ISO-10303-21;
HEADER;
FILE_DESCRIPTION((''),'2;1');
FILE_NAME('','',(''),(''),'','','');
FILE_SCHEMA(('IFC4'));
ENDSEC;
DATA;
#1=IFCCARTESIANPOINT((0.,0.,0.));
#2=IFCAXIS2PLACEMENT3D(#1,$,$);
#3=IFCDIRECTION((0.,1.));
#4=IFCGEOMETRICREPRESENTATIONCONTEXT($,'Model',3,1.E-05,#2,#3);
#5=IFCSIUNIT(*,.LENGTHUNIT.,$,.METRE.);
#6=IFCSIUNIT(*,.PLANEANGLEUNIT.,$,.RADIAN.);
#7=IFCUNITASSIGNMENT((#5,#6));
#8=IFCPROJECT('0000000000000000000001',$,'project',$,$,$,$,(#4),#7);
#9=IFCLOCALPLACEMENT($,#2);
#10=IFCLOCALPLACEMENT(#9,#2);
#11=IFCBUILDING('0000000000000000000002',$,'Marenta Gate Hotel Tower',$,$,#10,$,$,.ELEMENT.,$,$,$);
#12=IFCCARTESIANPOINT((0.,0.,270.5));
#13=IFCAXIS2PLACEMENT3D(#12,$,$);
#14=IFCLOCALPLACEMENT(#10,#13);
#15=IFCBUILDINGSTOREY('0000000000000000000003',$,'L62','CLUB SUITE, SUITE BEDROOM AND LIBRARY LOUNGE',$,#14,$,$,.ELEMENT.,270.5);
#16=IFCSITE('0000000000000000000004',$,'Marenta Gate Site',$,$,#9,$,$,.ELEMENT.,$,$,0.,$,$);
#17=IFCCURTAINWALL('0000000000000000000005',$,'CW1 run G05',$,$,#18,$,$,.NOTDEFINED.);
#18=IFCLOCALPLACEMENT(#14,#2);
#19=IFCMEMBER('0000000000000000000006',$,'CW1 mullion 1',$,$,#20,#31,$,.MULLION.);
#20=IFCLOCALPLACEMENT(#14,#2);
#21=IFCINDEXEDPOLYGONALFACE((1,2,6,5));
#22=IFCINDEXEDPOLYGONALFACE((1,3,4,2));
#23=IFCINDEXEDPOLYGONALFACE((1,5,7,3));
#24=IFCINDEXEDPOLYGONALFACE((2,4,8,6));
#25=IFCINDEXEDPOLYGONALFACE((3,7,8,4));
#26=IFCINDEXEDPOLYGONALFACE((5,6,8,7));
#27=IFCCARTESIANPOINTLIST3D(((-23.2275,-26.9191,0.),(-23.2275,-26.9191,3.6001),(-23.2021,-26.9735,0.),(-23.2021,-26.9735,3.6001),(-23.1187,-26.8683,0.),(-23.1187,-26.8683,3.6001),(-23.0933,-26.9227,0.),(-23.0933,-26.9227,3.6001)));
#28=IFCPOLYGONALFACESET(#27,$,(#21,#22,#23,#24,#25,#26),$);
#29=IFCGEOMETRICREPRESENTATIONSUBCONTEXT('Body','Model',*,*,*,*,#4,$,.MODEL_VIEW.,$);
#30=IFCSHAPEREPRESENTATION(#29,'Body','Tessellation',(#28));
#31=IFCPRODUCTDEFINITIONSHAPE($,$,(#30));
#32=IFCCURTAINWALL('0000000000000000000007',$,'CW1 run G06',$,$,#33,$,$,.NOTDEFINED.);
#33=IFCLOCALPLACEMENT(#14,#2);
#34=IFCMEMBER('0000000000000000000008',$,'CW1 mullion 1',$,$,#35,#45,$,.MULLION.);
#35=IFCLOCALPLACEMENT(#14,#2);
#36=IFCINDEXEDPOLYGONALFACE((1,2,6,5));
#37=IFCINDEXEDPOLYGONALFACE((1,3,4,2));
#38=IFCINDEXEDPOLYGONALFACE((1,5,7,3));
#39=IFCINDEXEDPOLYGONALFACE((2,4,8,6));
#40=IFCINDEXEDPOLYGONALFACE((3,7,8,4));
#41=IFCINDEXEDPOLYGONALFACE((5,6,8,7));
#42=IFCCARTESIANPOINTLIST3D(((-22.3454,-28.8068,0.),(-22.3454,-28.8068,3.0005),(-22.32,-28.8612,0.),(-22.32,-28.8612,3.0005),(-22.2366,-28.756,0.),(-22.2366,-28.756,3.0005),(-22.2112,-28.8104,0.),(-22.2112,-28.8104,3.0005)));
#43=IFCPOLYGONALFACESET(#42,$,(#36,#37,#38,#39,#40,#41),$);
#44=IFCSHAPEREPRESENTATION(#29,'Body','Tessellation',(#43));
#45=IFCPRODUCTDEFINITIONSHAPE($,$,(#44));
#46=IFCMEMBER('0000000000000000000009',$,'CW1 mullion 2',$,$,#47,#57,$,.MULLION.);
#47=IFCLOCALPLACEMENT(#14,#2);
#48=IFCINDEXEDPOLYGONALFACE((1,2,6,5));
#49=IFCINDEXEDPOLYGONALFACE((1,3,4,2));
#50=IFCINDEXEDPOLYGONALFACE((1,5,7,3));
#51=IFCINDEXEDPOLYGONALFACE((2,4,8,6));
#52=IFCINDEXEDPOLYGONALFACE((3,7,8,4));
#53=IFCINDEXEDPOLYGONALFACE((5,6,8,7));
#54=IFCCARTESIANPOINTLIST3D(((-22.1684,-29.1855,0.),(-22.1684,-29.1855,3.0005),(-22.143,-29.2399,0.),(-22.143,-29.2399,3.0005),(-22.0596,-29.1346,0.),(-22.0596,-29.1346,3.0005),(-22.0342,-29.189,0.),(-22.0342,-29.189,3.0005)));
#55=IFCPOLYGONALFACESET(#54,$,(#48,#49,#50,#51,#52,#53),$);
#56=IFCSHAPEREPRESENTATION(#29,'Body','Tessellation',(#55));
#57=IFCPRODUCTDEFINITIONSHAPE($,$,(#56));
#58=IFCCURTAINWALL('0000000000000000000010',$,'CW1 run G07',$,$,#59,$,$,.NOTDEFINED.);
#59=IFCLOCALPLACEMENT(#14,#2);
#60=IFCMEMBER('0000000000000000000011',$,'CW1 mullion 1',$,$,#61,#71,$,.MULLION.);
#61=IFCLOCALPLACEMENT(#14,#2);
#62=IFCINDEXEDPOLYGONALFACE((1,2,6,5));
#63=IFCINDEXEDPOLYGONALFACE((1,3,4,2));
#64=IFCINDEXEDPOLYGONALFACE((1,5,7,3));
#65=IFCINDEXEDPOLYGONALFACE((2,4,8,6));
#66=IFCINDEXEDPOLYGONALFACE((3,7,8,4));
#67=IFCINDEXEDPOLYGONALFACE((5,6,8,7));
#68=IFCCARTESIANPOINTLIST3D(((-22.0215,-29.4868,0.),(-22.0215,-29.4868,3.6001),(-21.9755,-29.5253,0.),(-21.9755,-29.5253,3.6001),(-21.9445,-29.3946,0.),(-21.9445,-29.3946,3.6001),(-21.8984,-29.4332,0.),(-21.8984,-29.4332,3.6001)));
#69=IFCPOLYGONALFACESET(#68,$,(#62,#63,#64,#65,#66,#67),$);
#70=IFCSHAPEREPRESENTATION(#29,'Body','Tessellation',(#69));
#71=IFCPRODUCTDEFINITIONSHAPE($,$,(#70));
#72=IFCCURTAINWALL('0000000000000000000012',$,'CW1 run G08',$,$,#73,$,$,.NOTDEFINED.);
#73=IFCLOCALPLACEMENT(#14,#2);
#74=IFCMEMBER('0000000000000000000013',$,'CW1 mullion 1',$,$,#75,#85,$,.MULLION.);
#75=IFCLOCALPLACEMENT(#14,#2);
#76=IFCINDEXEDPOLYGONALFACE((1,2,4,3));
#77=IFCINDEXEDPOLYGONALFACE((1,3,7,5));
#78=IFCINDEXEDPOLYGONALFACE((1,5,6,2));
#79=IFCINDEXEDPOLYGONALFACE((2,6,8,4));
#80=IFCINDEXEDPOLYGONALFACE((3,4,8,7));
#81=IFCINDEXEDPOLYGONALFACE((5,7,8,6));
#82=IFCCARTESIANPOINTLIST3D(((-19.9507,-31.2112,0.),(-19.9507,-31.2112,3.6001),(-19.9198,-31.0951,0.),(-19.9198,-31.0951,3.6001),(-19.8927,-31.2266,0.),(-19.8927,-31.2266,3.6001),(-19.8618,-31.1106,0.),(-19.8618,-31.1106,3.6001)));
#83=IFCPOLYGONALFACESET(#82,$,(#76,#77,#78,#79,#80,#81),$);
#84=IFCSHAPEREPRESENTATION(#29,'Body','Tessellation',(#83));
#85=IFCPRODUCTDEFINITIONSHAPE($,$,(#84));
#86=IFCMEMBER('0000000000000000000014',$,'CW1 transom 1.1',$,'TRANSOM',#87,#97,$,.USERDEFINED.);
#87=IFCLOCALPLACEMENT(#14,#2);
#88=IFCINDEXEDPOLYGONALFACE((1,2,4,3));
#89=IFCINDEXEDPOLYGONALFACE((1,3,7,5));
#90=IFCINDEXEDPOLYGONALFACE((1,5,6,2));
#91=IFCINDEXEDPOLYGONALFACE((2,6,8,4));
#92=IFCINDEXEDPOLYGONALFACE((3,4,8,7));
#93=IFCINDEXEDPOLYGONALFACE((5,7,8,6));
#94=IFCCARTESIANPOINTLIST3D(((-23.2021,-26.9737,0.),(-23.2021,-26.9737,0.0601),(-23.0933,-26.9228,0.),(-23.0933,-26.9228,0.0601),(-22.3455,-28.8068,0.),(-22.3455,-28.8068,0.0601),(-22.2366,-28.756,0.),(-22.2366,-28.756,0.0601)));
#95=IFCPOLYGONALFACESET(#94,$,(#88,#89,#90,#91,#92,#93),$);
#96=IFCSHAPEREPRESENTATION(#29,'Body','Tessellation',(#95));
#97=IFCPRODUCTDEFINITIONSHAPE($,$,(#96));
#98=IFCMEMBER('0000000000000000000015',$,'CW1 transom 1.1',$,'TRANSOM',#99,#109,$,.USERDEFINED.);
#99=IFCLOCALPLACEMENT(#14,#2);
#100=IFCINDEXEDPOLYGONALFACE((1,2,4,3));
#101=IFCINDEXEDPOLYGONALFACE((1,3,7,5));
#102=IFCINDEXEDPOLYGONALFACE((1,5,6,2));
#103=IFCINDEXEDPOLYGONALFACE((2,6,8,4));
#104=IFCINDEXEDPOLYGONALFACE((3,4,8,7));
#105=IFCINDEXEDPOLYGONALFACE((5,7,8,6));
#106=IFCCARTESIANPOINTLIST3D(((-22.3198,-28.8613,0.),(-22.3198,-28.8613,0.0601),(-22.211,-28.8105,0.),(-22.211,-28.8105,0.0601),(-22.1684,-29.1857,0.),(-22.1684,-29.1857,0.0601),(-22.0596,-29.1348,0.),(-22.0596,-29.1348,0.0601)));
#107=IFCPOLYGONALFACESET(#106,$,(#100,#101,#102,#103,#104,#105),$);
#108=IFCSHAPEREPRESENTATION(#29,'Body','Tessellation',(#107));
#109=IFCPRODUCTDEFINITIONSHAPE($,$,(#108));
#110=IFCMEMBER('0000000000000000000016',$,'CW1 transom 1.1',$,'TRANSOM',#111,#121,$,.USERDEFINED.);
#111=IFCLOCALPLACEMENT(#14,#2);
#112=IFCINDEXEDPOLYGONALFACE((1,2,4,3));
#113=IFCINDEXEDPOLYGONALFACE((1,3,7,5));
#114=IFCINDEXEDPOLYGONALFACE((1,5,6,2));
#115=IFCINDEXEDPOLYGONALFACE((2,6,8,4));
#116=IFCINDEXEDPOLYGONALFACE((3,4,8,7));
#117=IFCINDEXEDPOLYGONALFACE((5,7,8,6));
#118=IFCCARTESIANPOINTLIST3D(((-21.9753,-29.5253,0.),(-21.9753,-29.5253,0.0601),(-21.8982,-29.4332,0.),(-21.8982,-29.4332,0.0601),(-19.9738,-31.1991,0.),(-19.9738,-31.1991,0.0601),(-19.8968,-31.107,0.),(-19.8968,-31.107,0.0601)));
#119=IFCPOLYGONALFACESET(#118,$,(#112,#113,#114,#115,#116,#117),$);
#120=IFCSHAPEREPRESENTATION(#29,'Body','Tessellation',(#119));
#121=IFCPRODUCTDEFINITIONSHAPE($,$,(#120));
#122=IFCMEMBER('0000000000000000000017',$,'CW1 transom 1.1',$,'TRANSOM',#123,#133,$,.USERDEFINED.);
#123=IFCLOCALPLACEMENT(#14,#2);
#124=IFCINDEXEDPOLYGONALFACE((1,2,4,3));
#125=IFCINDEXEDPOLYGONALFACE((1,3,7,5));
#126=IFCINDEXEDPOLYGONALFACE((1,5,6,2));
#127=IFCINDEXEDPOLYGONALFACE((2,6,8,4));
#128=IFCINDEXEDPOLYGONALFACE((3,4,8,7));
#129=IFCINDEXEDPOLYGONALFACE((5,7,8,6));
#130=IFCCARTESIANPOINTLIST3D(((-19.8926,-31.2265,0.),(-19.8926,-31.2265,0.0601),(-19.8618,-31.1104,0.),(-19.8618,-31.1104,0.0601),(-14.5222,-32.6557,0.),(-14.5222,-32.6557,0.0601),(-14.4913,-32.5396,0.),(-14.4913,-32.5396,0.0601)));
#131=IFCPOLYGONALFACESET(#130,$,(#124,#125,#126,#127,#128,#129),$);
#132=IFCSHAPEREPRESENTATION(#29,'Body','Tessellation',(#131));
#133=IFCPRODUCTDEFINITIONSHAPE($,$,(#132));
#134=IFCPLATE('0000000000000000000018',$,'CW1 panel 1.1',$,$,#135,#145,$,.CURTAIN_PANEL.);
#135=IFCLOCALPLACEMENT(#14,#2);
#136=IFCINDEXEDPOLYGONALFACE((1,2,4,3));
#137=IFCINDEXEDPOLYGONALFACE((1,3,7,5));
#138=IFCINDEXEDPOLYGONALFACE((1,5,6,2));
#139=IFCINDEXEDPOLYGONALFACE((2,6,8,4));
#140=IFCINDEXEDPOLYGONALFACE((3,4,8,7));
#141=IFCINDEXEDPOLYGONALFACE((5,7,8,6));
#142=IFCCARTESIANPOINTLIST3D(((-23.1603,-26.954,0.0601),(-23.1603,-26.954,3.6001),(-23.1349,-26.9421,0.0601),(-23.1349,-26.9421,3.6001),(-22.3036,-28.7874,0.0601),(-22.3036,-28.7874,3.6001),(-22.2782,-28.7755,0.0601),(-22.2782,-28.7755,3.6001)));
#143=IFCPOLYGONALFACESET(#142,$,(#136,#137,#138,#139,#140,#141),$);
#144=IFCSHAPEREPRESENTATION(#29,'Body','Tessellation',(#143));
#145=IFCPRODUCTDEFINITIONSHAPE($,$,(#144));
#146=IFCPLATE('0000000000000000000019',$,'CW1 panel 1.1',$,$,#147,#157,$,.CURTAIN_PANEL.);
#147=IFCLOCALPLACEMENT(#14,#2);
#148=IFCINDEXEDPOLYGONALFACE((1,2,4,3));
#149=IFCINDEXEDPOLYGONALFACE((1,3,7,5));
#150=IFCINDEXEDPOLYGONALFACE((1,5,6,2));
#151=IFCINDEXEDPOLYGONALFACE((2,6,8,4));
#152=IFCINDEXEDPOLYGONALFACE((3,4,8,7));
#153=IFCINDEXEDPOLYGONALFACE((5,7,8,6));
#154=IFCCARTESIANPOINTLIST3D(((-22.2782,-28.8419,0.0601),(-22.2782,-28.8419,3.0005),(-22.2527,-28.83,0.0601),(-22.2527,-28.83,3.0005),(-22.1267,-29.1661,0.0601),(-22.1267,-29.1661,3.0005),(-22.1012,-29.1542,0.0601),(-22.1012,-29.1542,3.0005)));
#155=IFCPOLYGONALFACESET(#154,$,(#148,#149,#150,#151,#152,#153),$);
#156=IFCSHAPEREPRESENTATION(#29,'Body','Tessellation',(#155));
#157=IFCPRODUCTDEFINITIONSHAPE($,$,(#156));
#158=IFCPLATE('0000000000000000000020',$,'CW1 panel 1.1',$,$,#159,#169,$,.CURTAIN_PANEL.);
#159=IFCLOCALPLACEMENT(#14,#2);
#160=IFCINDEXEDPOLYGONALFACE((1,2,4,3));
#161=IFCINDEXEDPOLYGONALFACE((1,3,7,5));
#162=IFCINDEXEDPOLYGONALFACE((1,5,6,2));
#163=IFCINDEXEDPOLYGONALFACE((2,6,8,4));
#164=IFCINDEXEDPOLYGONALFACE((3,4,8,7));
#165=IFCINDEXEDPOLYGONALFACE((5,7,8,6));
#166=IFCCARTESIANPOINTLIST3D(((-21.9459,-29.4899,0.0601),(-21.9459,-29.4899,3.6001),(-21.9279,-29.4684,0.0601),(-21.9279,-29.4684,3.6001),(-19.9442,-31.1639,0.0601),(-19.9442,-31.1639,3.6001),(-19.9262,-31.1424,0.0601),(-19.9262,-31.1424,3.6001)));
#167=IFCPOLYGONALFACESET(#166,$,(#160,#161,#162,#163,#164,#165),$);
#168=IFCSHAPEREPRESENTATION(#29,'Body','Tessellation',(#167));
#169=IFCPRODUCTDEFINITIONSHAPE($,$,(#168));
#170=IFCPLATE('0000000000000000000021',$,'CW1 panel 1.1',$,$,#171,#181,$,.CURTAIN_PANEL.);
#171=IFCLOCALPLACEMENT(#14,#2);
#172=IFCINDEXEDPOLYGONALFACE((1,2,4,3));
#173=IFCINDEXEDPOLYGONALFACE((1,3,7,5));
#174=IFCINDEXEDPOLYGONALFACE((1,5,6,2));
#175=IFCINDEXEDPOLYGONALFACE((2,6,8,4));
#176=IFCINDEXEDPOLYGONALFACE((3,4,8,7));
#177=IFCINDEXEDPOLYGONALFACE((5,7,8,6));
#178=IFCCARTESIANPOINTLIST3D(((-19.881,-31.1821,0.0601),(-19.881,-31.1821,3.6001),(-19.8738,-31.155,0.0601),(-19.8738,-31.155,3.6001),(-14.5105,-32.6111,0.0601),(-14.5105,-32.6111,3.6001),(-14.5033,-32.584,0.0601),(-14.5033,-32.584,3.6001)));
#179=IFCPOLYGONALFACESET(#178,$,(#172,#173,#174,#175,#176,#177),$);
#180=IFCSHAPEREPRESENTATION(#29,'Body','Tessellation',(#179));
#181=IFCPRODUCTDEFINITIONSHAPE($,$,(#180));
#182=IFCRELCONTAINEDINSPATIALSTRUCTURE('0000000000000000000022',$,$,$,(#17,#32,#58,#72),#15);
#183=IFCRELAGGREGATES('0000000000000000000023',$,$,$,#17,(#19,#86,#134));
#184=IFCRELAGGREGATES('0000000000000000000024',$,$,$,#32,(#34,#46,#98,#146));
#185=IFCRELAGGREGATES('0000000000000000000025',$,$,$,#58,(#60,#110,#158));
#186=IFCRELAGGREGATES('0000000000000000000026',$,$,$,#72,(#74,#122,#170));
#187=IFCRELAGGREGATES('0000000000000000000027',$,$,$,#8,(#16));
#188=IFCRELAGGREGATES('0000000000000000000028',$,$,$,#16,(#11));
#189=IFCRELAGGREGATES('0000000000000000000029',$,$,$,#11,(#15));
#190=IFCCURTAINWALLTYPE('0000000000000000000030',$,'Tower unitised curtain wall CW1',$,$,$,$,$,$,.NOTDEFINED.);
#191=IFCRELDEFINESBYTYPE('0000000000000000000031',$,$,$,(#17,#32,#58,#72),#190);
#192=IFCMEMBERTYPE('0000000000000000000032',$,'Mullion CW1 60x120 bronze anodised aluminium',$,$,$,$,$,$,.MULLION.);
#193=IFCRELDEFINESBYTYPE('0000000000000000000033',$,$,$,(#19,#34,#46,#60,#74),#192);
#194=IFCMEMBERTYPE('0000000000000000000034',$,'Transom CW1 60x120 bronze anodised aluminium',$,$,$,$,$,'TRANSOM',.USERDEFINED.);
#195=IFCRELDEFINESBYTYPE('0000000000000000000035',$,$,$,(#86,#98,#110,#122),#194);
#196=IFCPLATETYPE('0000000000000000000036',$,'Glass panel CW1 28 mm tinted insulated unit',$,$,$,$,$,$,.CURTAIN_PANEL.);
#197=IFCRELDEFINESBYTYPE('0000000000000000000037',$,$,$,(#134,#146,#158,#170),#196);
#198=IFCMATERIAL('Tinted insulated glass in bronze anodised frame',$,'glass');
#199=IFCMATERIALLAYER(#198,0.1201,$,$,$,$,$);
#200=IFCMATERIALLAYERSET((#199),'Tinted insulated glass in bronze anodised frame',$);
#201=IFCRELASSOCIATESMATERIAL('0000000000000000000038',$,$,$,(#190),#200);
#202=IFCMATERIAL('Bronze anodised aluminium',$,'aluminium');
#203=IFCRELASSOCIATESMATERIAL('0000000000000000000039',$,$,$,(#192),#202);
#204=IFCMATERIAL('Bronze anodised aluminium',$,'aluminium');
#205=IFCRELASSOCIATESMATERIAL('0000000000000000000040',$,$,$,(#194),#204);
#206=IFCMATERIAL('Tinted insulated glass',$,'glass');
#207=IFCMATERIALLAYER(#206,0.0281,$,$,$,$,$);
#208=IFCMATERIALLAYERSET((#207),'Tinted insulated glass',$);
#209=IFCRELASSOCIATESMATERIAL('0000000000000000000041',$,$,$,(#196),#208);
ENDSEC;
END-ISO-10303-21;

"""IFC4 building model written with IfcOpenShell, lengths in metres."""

from ifc_helpers import new_model, si_unit, direction, frame, origin, origin_2d, place, context, subcontext, project, spatial, rectangle, extrude, material, layer, layer_set, material_profile, profile_set, type_object, element, aggregate, save


model = new_model("IFC4")

# Units and contexts
model_context = context("Model", 3, precision=1e-05, world=origin(), true_north=direction((0.0, 1.0)))
body_context = subcontext(model_context, "Body", "Model", "MODEL_VIEW")
ifc_project = project(units=[si_unit("LENGTHUNIT", "METRE"), si_unit("PLANEANGLEUNIT", "RADIAN")], contexts=[model_context])

# Site, building, storey
site_placement = place(None, origin())
site = spatial("IfcSite", under=ifc_project, at=site_placement, Name="Marenta Gate Site", CompositionType="ELEMENT", RefElevation=0.0)
building_placement = place(site_placement, origin())
building = spatial("IfcBuilding", under=site, at=building_placement, Name="Marenta Gate Hotel Tower", CompositionType="ELEMENT")
storey_placement = place(building_placement, frame((0.0, 0.0, 270.5)))
storey = spatial("IfcBuildingStorey", under=building, at=storey_placement, Name="L62", Description="CLUB SUITE, SUITE BEDROOM AND LIBRARY LOUNGE", CompositionType="ELEMENT", Elevation=270.5)

# Curtain wall, member
ifc_material_1 = material(Name="Tinted insulated glass in bronze anodised frame", Category="glass")
ifc_layer_1 = layer(ifc_material_1, 0.1201)
ifc_layer_set_1 = layer_set([ifc_layer_1], Name="Tinted insulated glass in bronze anodised frame")
curtain_wall_type = type_object("IfcCurtainWallType", Name="Tower unitised curtain wall CW1", PredefinedType="NOTDEFINED", material=ifc_layer_set_1)
curtain_wall_1_placement = place(storey_placement, origin())
curtain_wall_1 = element("IfcCurtainWall", 1, at=curtain_wall_1_placement, inside=storey, type_object=curtain_wall_type, Name="CW1 run G05", PredefinedType="NOTDEFINED")
ifc_material_2 = material(Name="Bronze anodised aluminium", Category="aluminium")
ifc_material_profile_1 = material_profile(ifc_material_2, rectangle(XDim=0.1201, YDim=0.0601, at=origin_2d()), Name="Mullion CW1 60x120 bronze anodised aluminium")
ifc_profile_set_1 = profile_set([ifc_material_profile_1], Name="Bronze anodised aluminium")
member_type_1 = type_object("IfcMemberType", Name="Mullion CW1 60x120 bronze anodised aluminium", PredefinedType="MULLION", material=ifc_profile_set_1)
member_1_placement = place(storey_placement, frame((-23.1604, -26.9209, 0.0), z_axis=(0.0, 0.0, 1.0), x_axis=(0.905967, 0.423348, 0.0)))
member_1 = element("IfcMember", 2, at=member_1_placement, type_object=member_type_1, Name="CW1 mullion 1", PredefinedType="MULLION", context=body_context, shape_type="SweptSolid", body=[
    extrude(rectangle(XDim=0.1201, YDim=0.0601, at=origin_2d()), origin(), (0.0, 0.0, 1.0), 3.6001),
])

# Curtain wall, members
curtain_wall_2_placement = place(storey_placement, origin())
curtain_wall_2 = element("IfcCurtainWall", 3, at=curtain_wall_2_placement, inside=storey, type_object=curtain_wall_type, Name="CW1 run G06", PredefinedType="NOTDEFINED")
member_2_placement = place(storey_placement, frame((-22.2783, -28.8086, 0.0), z_axis=(0.0, 0.0, 1.0), x_axis=(0.905958, 0.423367, 0.0)))
member_2 = element("IfcMember", 4, at=member_2_placement, type_object=member_type_1, Name="CW1 mullion 1", PredefinedType="MULLION", context=body_context, shape_type="SweptSolid", body=[
    extrude(rectangle(XDim=0.1201, YDim=0.0601, at=origin_2d()), origin(), (0.0, 0.0, 1.0), 3.0005),
])
member_3_placement = place(storey_placement, frame((-22.1013, -29.1873, 0.0), z_axis=(0.0, 0.0, 1.0), x_axis=(0.905958, 0.423367, 0.0)))
member_3 = element("IfcMember", 5, at=member_3_placement, type_object=member_type_1, Name="CW1 mullion 2", PredefinedType="MULLION", context=body_context, shape_type="SweptSolid", body=[
    extrude(rectangle(XDim=0.1201, YDim=0.0601, at=origin_2d()), origin(), (0.0, 0.0, 1.0), 3.0005),
])

# Curtain walls, members
curtain_wall_3_placement = place(storey_placement, origin())
curtain_wall_3 = element("IfcCurtainWall", 6, at=curtain_wall_3_placement, inside=storey, type_object=curtain_wall_type, Name="CW1 run G07", PredefinedType="NOTDEFINED")
member_4_placement = place(storey_placement, frame((-21.96, -29.46, 0.0), z_axis=(0.0, 0.0, 1.0), x_axis=(0.641525, 0.767102, 0.0)))
member_4 = element("IfcMember", 7, at=member_4_placement, type_object=member_type_1, Name="CW1 mullion 1", PredefinedType="MULLION", context=body_context, shape_type="SweptSolid", body=[
    extrude(rectangle(XDim=0.1201, YDim=0.0601, at=origin_2d()), origin(), (0.0, 0.0, 1.0), 3.6001),
])
curtain_wall_4_placement = place(storey_placement, origin())
curtain_wall_4 = element("IfcCurtainWall", 8, at=curtain_wall_4_placement, inside=storey, type_object=curtain_wall_type, Name="CW1 run G08", PredefinedType="NOTDEFINED")
member_5_placement = place(storey_placement, frame((-19.9062, -31.1609, 0.0), z_axis=(0.0, 0.0, 1.0), x_axis=(0.257139, 0.966375, 0.0)))
member_5 = element("IfcMember", 9, at=member_5_placement, type_object=member_type_1, Name="CW1 mullion 1", PredefinedType="MULLION", context=body_context, shape_type="SweptSolid", body=[
    extrude(rectangle(XDim=0.1201, YDim=0.0601, at=origin_2d()), origin(), (0.0, 0.0, 1.0), 3.6001),
])

# Members
ifc_material_3 = material(Name="Bronze anodised aluminium", Category="aluminium")
ifc_material_profile_2 = material_profile(ifc_material_3, rectangle(XDim=0.1201, YDim=0.0601, at=origin_2d()), Name="Transom CW1 60x120 bronze anodised aluminium")
ifc_profile_set_2 = profile_set([ifc_material_profile_2], Name="Bronze anodised aluminium")
member_type_2 = type_object("IfcMemberType", Name="Transom CW1 60x120 bronze anodised aluminium", ElementType="TRANSOM", PredefinedType="USERDEFINED", material=ifc_profile_set_2)
member_6_placement = place(storey_placement, frame((-23.1477, -26.9482, 0.03), z_axis=(0.423361, -0.905961, 0.0), x_axis=(0.905961, 0.423361, 0.0)))
member_6 = element("IfcMember", 10, at=member_6_placement, type_object=member_type_2, Name="CW1 transom 1.1", ObjectType="TRANSOM", PredefinedType="USERDEFINED", context=body_context, shape_type="SweptSolid", body=[
    extrude(rectangle(XDim=0.1201, YDim=0.0601, at=origin_2d()), origin(), (0.0, 0.0, 1.0), 2.0234),
])
member_7_placement = place(storey_placement, frame((-22.2654, -28.8359, 0.03), z_axis=(0.423035, -0.906113, 0.0), x_axis=(0.906113, 0.423035, 0.0)))
member_7 = element("IfcMember", 11, at=member_7_placement, type_object=member_type_2, Name="CW1 transom 1.1", ObjectType="TRANSOM", PredefinedType="USERDEFINED", context=body_context, shape_type="SweptSolid", body=[
    extrude(rectangle(XDim=0.1201, YDim=0.0601, at=origin_2d()), origin(), (0.0, 0.0, 1.0), 0.3579),
])
member_8_placement = place(storey_placement, frame((-21.9368, -29.4792, 0.03), z_axis=(0.7671, -0.641527, 0.0), x_axis=(0.641527, 0.7671, 0.0)))
member_8 = element("IfcMember", 12, at=member_8_placement, type_object=member_type_2, Name="CW1 transom 1.1", ObjectType="TRANSOM", PredefinedType="USERDEFINED", context=body_context, shape_type="SweptSolid", body=[
    extrude(rectangle(XDim=0.1201, YDim=0.0601, at=origin_2d()), origin(), (0.0, 0.0, 1.0), 2.6091),
])
member_9_placement = place(storey_placement, frame((-19.8772, -31.1685, 0.03), z_axis=(0.966365, -0.257176, 0.0), x_axis=(0.257176, 0.966365, 0.0)))
member_9 = element("IfcMember", 13, at=member_9_placement, type_object=member_type_2, Name="CW1 transom 1.1", ObjectType="TRANSOM", PredefinedType="USERDEFINED", context=body_context, shape_type="SweptSolid", body=[
    extrude(rectangle(XDim=0.1201, YDim=0.0601, at=origin_2d()), origin(), (0.0, 0.0, 1.0), 5.5574),
])

# Plates
ifc_material_4 = material(Name="Tinted insulated glass", Category="glass")
ifc_layer_2 = layer(ifc_material_4, 0.0281)
ifc_layer_set_2 = layer_set([ifc_layer_2], Name="Tinted insulated glass")
plate_type = type_object("IfcPlateType", Name="Glass panel CW1 28 mm tinted insulated unit", PredefinedType="CURTAIN_PANEL", material=ifc_layer_set_2)
plate_1_placement = place(storey_placement, frame((-22.7192, -27.8647, 0.0601), z_axis=(0.0, 0.0, 1.0), x_axis=(0.423348, -0.905967, 0.0)))
plate_1 = element("IfcPlate", 14, at=plate_1_placement, type_object=plate_type, Name="CW1 panel 1.1", PredefinedType="CURTAIN_PANEL", context=body_context, shape_type="SweptSolid", body=[
    extrude(rectangle(XDim=2.0237, YDim=0.0281, at=origin_2d()), origin(), (0.0, 0.0, 1.0), 3.54),
])
aggregate(curtain_wall_1, [member_1, member_6, plate_1])
plate_2_placement = place(storey_placement, frame((-22.1897, -28.998, 0.0601), z_axis=(0.0, 0.0, 1.0), x_axis=(0.423367, -0.905958, 0.0)))
plate_2 = element("IfcPlate", 15, at=plate_2_placement, type_object=plate_type, Name="CW1 panel 1.1", PredefinedType="CURTAIN_PANEL", context=body_context, shape_type="SweptSolid", body=[
    extrude(rectangle(XDim=0.3579, YDim=0.0281, at=origin_2d()), origin(), (0.0, 0.0, 1.0), 2.9404),
])
aggregate(curtain_wall_2, [member_2, member_3, member_7, plate_2])
plate_3_placement = place(storey_placement, frame((-20.936, -30.3162, 0.0601), z_axis=(0.0, 0.0, 1.0), x_axis=(0.767102, -0.641525, 0.0)))
plate_3 = element("IfcPlate", 16, at=plate_3_placement, type_object=plate_type, Name="CW1 panel 1.1", PredefinedType="CURTAIN_PANEL", context=body_context, shape_type="SweptSolid", body=[
    extrude(rectangle(XDim=2.6094, YDim=0.0281, at=origin_2d()), origin(), (0.0, 0.0, 1.0), 3.54),
])
aggregate(curtain_wall_3, [member_4, member_8, plate_3])
plate_4_placement = place(storey_placement, frame((-17.1921, -31.8831, 0.0601), z_axis=(0.0, 0.0, 1.0), x_axis=(0.966375, -0.257139, 0.0)))
plate_4 = element("IfcPlate", 17, at=plate_4_placement, type_object=plate_type, Name="CW1 panel 1.1", PredefinedType="CURTAIN_PANEL", context=body_context, shape_type="SweptSolid", body=[
    extrude(rectangle(XDim=5.5574, YDim=0.0281, at=origin_2d()), origin(), (0.0, 0.0, 1.0), 3.54),
])
aggregate(curtain_wall_4, [member_5, member_9, plate_4])

save(model, "model.ifc")
